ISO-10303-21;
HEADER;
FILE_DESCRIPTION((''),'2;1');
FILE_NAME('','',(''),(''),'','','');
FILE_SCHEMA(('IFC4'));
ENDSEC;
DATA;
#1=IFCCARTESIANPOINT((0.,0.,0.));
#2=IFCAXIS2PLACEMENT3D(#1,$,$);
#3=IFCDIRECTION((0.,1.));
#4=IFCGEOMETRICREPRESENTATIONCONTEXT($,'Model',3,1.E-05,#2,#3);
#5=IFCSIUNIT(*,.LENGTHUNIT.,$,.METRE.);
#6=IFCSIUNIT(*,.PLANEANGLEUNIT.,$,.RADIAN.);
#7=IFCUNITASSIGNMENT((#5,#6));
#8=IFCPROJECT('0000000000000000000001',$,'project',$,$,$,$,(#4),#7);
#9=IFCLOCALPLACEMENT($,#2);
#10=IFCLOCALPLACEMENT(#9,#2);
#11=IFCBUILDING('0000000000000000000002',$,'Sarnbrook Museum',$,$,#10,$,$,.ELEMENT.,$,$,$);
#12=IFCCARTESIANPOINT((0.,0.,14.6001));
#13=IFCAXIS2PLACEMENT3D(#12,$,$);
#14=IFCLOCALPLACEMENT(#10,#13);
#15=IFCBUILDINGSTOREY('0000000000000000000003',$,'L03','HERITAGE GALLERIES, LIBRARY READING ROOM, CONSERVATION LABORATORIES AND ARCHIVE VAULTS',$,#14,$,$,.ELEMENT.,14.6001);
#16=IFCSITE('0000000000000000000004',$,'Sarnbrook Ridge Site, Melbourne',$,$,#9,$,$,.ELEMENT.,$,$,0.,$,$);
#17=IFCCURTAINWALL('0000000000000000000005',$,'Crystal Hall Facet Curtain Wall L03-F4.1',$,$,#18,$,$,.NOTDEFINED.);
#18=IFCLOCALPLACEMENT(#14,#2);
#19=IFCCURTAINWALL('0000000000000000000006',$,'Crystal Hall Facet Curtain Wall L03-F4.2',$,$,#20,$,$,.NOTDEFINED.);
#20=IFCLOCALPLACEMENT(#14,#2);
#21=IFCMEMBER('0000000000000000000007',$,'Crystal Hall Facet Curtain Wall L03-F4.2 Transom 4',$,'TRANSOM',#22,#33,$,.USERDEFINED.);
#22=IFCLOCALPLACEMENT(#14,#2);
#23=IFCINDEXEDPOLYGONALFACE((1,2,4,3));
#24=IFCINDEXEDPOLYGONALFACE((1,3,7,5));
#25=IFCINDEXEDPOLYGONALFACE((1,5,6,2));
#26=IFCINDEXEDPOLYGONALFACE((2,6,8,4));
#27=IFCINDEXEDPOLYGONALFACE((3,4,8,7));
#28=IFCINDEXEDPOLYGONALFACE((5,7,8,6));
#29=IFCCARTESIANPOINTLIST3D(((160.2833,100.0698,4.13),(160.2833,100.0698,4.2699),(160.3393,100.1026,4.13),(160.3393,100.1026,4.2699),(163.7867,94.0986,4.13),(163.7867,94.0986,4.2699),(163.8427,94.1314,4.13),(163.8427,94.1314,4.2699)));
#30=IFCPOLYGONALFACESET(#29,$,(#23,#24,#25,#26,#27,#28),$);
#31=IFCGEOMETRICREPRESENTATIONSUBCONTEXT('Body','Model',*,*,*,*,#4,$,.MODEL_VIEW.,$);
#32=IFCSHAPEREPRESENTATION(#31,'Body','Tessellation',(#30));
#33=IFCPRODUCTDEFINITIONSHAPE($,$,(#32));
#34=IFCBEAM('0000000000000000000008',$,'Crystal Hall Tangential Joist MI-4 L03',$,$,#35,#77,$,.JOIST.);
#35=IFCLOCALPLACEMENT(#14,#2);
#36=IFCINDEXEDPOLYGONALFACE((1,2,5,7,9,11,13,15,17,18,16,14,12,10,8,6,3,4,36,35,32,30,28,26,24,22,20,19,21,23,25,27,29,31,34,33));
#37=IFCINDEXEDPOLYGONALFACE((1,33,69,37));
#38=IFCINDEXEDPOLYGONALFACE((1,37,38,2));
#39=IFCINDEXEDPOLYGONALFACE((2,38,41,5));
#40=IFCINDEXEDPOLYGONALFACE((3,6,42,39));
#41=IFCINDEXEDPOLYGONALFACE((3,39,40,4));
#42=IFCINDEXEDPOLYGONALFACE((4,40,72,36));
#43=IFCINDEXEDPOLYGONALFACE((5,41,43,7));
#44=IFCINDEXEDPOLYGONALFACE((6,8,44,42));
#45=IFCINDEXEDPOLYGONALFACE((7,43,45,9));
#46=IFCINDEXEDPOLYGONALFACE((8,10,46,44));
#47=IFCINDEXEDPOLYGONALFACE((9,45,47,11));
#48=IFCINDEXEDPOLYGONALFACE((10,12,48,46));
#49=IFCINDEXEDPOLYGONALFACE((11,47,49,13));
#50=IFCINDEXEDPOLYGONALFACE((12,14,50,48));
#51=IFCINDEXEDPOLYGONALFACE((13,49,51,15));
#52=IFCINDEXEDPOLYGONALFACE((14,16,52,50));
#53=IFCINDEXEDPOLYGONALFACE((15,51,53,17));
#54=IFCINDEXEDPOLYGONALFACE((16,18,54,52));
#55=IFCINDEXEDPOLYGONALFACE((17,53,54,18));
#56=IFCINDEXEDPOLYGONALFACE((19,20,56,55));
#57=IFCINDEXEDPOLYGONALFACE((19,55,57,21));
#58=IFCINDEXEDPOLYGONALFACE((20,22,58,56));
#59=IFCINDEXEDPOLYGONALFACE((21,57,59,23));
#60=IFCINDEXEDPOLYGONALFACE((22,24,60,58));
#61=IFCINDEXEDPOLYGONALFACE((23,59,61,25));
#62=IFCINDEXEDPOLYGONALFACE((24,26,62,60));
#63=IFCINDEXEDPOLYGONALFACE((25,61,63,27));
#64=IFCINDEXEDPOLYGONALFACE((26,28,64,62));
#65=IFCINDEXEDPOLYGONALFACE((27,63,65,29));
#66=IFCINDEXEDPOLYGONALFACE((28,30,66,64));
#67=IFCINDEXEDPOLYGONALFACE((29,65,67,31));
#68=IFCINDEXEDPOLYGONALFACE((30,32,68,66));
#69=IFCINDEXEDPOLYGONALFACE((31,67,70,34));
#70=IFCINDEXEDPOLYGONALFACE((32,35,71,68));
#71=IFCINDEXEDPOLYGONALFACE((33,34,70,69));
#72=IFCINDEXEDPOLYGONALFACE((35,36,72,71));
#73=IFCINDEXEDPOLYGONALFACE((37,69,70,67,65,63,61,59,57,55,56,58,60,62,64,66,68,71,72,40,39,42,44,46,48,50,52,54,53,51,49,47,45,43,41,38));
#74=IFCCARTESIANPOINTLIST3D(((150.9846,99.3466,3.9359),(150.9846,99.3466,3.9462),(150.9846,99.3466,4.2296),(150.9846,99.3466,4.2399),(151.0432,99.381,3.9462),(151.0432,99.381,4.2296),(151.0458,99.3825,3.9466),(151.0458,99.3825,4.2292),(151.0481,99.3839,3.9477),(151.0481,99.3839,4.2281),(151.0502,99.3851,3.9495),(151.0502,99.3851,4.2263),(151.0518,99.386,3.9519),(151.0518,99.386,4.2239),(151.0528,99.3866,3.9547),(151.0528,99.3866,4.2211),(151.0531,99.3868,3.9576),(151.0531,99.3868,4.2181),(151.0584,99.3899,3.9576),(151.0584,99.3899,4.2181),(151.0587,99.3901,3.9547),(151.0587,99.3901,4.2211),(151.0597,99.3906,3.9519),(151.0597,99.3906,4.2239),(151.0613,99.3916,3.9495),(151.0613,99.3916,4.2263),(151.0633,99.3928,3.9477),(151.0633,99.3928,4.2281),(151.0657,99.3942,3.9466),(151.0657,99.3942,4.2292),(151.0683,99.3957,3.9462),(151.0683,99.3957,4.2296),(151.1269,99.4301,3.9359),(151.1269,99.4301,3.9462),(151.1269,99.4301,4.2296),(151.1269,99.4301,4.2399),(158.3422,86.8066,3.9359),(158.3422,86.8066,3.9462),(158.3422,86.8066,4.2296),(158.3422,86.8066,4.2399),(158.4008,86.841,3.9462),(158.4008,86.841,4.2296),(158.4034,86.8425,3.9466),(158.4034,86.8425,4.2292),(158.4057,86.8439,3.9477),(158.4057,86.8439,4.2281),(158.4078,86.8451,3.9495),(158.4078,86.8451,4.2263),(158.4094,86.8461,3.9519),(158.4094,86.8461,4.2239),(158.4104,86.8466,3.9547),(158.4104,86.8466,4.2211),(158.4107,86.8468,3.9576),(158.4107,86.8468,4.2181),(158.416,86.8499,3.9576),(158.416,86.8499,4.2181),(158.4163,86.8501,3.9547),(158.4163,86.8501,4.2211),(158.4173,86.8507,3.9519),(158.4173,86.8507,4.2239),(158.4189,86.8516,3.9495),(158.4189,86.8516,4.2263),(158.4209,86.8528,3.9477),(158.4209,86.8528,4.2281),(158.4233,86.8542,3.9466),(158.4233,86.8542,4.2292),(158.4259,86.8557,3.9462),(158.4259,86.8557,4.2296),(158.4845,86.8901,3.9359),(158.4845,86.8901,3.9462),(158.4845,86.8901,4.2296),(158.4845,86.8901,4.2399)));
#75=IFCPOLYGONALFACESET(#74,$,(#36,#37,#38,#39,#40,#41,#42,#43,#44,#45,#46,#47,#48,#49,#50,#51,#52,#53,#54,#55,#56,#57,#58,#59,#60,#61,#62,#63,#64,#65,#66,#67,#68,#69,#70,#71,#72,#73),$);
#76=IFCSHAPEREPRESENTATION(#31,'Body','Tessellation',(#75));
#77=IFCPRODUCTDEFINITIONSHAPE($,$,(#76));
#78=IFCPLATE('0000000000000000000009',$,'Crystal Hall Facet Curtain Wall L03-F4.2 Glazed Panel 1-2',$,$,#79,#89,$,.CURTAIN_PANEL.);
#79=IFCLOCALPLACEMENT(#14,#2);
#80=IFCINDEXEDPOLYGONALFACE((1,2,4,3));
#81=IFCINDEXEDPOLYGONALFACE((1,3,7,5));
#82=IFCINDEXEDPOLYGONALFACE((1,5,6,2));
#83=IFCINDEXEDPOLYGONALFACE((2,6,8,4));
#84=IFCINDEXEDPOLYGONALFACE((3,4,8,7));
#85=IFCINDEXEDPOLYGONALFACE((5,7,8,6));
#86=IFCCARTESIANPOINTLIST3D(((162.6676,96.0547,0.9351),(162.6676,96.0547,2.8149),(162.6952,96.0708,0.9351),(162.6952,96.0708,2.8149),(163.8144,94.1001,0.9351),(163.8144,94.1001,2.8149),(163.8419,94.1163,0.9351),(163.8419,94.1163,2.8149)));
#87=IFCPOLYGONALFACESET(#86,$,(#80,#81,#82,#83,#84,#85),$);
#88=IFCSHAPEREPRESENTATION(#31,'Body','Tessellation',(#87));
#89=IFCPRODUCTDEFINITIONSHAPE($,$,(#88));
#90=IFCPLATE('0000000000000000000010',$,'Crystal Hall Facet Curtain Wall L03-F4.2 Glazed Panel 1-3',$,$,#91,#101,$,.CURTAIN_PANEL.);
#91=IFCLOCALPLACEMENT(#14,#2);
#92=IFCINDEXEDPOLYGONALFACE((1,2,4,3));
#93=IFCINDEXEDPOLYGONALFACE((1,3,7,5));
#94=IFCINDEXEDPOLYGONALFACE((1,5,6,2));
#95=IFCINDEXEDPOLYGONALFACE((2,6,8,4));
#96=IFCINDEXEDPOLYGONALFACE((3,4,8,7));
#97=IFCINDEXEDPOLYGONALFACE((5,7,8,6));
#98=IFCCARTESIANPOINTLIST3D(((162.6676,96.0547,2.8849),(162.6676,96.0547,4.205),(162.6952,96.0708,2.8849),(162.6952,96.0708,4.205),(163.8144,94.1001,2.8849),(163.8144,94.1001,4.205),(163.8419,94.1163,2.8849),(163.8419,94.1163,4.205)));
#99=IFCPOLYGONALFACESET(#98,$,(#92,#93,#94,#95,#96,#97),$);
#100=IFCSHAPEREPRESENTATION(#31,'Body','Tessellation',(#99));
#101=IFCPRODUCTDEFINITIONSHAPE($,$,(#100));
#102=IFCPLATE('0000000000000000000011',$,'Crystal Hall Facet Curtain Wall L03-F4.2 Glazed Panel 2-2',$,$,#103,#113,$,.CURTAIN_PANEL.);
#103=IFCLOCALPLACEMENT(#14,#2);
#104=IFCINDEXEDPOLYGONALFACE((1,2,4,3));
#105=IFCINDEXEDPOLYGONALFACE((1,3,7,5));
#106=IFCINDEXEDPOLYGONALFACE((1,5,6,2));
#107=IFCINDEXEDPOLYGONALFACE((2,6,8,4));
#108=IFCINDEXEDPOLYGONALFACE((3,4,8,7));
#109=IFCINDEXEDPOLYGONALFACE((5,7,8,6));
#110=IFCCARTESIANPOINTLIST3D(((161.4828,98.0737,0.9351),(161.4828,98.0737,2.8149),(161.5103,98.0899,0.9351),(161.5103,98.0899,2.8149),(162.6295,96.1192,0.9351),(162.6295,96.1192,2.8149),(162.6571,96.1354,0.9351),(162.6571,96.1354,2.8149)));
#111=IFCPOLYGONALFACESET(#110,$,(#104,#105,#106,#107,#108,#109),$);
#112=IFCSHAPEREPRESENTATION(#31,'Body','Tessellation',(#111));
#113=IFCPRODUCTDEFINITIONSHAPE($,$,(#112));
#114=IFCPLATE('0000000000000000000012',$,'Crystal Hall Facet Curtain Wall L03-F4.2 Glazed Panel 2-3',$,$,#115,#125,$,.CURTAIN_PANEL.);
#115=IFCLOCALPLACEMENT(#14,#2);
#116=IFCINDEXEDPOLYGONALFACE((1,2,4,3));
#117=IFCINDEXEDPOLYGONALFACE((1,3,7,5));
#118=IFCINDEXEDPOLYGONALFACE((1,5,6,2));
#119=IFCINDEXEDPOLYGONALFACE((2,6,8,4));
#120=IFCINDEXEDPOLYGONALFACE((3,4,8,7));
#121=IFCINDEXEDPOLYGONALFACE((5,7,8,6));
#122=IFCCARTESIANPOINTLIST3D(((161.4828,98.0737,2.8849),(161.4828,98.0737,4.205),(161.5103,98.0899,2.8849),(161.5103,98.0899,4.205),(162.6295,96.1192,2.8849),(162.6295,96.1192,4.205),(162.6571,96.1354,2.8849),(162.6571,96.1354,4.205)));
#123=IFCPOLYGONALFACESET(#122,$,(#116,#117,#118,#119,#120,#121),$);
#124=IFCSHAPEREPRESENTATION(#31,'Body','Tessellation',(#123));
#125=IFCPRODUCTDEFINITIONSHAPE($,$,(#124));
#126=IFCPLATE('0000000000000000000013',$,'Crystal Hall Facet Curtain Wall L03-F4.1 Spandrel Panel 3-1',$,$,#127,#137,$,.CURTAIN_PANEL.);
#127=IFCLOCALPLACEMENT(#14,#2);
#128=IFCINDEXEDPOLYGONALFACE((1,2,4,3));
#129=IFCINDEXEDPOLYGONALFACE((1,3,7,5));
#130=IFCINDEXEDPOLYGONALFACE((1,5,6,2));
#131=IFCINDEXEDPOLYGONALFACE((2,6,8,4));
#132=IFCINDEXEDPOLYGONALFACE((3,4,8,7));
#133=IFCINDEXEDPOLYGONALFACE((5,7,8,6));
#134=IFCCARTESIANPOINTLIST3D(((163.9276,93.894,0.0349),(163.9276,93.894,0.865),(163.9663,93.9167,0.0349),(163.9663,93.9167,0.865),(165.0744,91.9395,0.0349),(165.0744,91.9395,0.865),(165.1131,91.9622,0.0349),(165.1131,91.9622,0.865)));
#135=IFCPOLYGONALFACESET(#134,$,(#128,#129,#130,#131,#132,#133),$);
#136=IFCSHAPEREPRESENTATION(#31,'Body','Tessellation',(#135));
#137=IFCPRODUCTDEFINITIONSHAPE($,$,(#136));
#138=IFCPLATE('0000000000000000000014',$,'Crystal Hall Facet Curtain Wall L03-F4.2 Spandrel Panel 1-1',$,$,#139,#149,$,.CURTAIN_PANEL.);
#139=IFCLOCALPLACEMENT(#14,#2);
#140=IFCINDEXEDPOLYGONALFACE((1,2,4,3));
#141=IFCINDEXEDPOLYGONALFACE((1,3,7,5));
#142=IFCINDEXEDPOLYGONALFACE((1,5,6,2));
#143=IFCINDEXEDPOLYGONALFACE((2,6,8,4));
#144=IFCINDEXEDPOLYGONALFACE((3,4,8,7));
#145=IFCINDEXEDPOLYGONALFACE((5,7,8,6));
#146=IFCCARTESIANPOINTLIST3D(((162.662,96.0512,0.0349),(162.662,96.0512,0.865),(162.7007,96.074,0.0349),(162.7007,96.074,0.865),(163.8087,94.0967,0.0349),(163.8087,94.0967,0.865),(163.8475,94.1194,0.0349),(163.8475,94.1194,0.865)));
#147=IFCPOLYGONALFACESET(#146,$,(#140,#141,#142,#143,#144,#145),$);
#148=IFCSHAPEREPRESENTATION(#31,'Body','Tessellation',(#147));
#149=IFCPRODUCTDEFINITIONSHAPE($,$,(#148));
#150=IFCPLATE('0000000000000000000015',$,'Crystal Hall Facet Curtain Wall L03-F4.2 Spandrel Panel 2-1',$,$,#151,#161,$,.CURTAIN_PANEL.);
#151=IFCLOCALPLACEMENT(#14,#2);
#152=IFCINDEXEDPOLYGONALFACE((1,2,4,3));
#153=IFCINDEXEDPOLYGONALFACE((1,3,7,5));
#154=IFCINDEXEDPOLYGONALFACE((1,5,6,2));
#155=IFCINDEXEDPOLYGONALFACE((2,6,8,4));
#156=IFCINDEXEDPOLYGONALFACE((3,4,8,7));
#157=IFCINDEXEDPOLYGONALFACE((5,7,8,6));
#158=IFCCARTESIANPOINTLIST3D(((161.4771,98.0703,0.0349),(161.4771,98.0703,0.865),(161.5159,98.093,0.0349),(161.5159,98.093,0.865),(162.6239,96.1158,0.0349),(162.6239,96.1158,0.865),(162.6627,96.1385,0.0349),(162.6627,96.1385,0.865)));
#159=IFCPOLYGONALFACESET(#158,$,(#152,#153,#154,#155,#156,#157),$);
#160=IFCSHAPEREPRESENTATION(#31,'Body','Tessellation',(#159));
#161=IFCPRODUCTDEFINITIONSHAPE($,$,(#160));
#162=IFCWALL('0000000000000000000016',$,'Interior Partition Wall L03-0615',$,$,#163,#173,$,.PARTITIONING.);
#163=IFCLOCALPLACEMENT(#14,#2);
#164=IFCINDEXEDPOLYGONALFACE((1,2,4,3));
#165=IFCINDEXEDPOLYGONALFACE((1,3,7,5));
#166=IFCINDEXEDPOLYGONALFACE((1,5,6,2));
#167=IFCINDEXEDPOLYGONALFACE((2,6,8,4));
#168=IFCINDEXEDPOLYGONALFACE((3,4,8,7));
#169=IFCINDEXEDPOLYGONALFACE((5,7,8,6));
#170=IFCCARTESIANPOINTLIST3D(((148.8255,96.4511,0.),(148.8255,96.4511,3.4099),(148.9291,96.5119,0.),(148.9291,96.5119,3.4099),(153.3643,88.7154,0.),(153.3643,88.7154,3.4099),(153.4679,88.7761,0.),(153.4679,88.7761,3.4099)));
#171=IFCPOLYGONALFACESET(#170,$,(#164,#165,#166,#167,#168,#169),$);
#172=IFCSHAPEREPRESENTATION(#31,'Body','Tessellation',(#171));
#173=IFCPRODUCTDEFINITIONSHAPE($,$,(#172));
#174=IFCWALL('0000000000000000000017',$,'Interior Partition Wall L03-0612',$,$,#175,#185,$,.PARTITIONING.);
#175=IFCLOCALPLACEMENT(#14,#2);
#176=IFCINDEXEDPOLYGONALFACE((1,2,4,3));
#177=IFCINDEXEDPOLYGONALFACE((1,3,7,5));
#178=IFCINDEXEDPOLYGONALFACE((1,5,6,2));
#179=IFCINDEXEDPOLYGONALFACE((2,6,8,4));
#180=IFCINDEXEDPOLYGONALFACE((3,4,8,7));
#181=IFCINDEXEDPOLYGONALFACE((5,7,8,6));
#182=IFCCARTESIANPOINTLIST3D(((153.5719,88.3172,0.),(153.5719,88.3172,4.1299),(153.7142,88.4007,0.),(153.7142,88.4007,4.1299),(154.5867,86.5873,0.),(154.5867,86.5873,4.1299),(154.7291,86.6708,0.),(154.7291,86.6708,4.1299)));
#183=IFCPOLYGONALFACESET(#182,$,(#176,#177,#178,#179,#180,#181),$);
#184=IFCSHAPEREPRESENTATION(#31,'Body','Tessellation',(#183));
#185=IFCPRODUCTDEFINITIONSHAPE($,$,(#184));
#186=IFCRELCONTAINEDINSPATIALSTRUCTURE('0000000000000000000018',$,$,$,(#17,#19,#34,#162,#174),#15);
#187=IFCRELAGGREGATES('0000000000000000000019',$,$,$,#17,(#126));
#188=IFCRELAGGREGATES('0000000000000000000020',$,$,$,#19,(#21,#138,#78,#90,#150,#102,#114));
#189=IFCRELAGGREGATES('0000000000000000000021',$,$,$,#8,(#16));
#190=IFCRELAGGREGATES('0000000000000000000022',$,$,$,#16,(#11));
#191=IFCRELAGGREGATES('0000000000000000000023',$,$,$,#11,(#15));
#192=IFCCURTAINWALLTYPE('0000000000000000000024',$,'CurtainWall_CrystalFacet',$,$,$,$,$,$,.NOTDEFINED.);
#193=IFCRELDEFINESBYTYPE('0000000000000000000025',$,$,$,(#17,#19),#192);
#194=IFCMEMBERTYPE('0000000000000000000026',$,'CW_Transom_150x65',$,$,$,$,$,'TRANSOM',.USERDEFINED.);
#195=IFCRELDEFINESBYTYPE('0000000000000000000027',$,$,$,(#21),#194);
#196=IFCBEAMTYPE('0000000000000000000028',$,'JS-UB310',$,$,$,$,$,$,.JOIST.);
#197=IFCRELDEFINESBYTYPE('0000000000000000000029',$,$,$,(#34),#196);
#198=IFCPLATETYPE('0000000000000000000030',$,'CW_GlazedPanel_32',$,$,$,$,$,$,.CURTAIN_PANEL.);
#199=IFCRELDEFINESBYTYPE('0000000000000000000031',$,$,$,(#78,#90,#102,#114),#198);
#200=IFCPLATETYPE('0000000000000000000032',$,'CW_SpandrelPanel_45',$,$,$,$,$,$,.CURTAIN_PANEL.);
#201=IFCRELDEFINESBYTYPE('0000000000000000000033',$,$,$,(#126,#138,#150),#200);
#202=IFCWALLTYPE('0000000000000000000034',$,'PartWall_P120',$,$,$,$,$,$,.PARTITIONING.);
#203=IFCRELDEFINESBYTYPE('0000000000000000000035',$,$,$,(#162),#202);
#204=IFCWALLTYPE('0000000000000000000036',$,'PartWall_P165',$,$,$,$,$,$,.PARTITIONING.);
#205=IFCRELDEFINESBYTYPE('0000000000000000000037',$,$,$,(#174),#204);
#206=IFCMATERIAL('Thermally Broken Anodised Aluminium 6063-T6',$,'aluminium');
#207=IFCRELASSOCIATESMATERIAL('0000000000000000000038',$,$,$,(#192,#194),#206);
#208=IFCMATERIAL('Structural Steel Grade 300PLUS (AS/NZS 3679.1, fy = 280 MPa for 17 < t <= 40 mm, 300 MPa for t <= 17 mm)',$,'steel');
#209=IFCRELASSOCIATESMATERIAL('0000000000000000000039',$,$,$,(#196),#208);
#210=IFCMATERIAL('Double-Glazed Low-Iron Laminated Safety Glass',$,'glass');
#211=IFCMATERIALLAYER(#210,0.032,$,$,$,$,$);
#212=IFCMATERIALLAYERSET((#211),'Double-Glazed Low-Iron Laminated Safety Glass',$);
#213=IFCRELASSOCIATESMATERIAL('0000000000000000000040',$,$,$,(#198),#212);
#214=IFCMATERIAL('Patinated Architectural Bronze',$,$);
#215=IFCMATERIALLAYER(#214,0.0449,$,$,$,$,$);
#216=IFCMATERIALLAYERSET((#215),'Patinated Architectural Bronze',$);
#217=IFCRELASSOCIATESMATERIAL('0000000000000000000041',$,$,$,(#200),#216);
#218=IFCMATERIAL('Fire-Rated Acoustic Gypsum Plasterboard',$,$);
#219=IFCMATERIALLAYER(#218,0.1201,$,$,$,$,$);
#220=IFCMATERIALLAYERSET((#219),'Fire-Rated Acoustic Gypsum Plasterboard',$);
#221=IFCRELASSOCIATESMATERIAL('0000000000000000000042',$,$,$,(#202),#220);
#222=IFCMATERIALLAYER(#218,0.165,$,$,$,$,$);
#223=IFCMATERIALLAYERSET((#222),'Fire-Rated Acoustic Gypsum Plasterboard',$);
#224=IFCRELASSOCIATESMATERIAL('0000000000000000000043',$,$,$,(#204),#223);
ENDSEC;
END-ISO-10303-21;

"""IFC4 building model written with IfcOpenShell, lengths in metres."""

from ifc_helpers import new_model, si_unit, direction, frame, frame_2d, origin, origin_2d, place, context, subcontext, project, spatial, rectangle, i_section, extrude, material, layer, layer_set, material_profile, profile_set, type_object, element, aggregate, save


model = new_model("IFC4")

# Units and contexts
model_context = context("Model", 3, precision=1e-05, world=origin(), true_north=direction((0.0, 1.0)))
body_context = subcontext(model_context, "Body", "Model", "MODEL_VIEW")
ifc_project = project(units=[si_unit("LENGTHUNIT", "METRE"), si_unit("PLANEANGLEUNIT", "RADIAN")], contexts=[model_context])

# Site, building, storey
site_placement = place(None, origin())
site = spatial("IfcSite", under=ifc_project, at=site_placement, Name="Sarnbrook Ridge Site, Melbourne", CompositionType="ELEMENT", RefElevation=0.0)
building_placement = place(site_placement, origin())
building = spatial("IfcBuilding", under=site, at=building_placement, Name="Sarnbrook Museum", CompositionType="ELEMENT")
storey_placement = place(building_placement, frame((0.0, 0.0, 14.6001)))
storey = spatial("IfcBuildingStorey", under=building, at=storey_placement, Name="L03", Description="HERITAGE GALLERIES, LIBRARY READING ROOM, CONSERVATION LABORATORIES AND ARCHIVE VAULTS", CompositionType="ELEMENT", Elevation=14.6001)

# Shared definitions
ifc_material_1 = material(Name="Structural Steel Grade 300PLUS (AS/NZS 3679.1, fy = 280 MPa for 17 < t <= 40 mm, 300 MPa for t <= 17 mm)", Category="steel")

# Curtain wall
ifc_material_2 = material(Name="Thermally Broken Anodised Aluminium 6063-T6", Category="aluminium")
curtain_wall_type = type_object("IfcCurtainWallType", Name="CurtainWall_CrystalFacet", PredefinedType="NOTDEFINED", material=ifc_material_2)
curtain_wall_1_placement = place(storey_placement, origin())
curtain_wall_1 = element("IfcCurtainWall", 1, at=curtain_wall_1_placement, inside=storey, type_object=curtain_wall_type, Name="Crystal Hall Facet Curtain Wall L03-F4.1", PredefinedType="NOTDEFINED")

# Curtain wall, member
curtain_wall_2_placement = place(storey_placement, origin())
curtain_wall_2 = element("IfcCurtainWall", 2, at=curtain_wall_2_placement, inside=storey, type_object=curtain_wall_type, Name="Crystal Hall Facet Curtain Wall L03-F4.2", PredefinedType="NOTDEFINED")
ifc_material_profile_1 = material_profile(ifc_material_2, rectangle(XDim=0.0649, YDim=0.1399, at=origin_2d()), Name="ALU TRANSOM 65x140")
ifc_profile_set_1 = profile_set([ifc_material_profile_1], Name="Thermally Broken Anodised Aluminium 6063-T6")
member_type_1 = type_object("IfcMemberType", Name="CW_Transom_150x65", ElementType="TRANSOM", PredefinedType="USERDEFINED", material=ifc_profile_set_1)
member_1_placement = place(storey_placement, frame((163.8147, 94.115, 4.2), z_axis=(-0.506049, 0.862505, 0.0), x_axis=(-0.862505, -0.506049, 0.0)))
member_1 = element("IfcMember", 3, at=member_1_placement, type_object=member_type_1, Name="Crystal Hall Facet Curtain Wall L03-F4.2 Transom 4", ObjectType="TRANSOM", PredefinedType="USERDEFINED", context=body_context, shape_type="SweptSolid", body=[
    extrude(rectangle(XDim=0.0649, YDim=0.1399, at=origin_2d()), origin(), (0.0, 0.0, 1.0), 6.9231),
])

# Beam
ifc_material_profile_2 = material_profile(ifc_material_1, i_section(OverallWidth=0.165, OverallDepth=0.304, WebThickness=0.0061, FlangeThickness=0.0103, FilletRadius=0.0115, at=origin_2d()), Name="310UB40.4")
ifc_profile_set_2 = profile_set([ifc_material_profile_2], Name="Structural Steel Grade 300PLUS (AS/NZS 3679.1, fy = 280 MPa for 17 < t <= 40 mm, 300 MPa for t <= 17 mm)")
beam_type_1 = type_object("IfcBeamType", Name="JS-UB310", PredefinedType="JOIST", material=ifc_profile_set_2)
beam_1_placement = place(storey_placement, frame((158.4133, 86.8484, 4.0879), z_axis=(-0.506058, 0.8625, 0.0), x_axis=(-0.8625, -0.506058, 0.0)))
element("IfcBeam", 4, at=beam_1_placement, inside=storey, type_object=beam_type_1, Name="Crystal Hall Tangential Joist MI-4 L03", PredefinedType="JOIST", context=body_context, shape_type="SweptSolid", body=[
    extrude(i_section(OverallWidth=0.165, OverallDepth=0.304, WebThickness=0.0061, FlangeThickness=0.0103, FilletRadius=0.0115, at=origin_2d()), origin(), (0.0, 0.0, 1.0), 14.5391),
])

# Plates
ifc_material_3 = material(Name="Double-Glazed Low-Iron Laminated Safety Glass", Category="glass")
ifc_layer_1 = layer(ifc_material_3, 0.032)
ifc_layer_set_1 = layer_set([ifc_layer_1], Name="Double-Glazed Low-Iron Laminated Safety Glass")
plate_type_1 = type_object("IfcPlateType", Name="CW_GlazedPanel_32", PredefinedType="CURTAIN_PANEL", material=ifc_layer_set_1)
plate_1_placement = place(storey_placement, frame((163.241, 95.0774, 1.875), z_axis=(0.862499, 0.506058, 0.0), x_axis=(-0.506058, 0.862499, 0.0)))
plate_1 = element("IfcPlate", 5, at=plate_1_placement, type_object=plate_type_1, Name="Crystal Hall Facet Curtain Wall L03-F4.2 Glazed Panel 1-2", PredefinedType="CURTAIN_PANEL", context=body_context, shape_type="SweptSolid", body=[
    extrude(rectangle(XDim=2.2661, YDim=1.8799, at=origin_2d()), origin(), (0.0, 0.0, 1.0), 0.032),
])
plate_2_placement = place(storey_placement, frame((163.241, 95.0774, 3.5449), z_axis=(0.862499, 0.506058, 0.0), x_axis=(-0.506058, 0.862499, 0.0)))
plate_2 = element("IfcPlate", 6, at=plate_2_placement, type_object=plate_type_1, Name="Crystal Hall Facet Curtain Wall L03-F4.2 Glazed Panel 1-3", PredefinedType="CURTAIN_PANEL", context=body_context, shape_type="SweptSolid", body=[
    extrude(rectangle(XDim=2.2661, YDim=1.3201, at=origin_2d()), origin(), (0.0, 0.0, 1.0), 0.032),
])
plate_3_placement = place(storey_placement, frame((162.0562, 97.0964, 1.875), z_axis=(0.862499, 0.506058, 0.0), x_axis=(-0.506058, 0.862499, 0.0)))
plate_3 = element("IfcPlate", 7, at=plate_3_placement, type_object=plate_type_1, Name="Crystal Hall Facet Curtain Wall L03-F4.2 Glazed Panel 2-2", PredefinedType="CURTAIN_PANEL", context=body_context, shape_type="SweptSolid", body=[
    extrude(rectangle(XDim=2.2661, YDim=1.8799, at=origin_2d()), origin(), (0.0, 0.0, 1.0), 0.032),
])
plate_4_placement = place(storey_placement, frame((162.0562, 97.0964, 3.5449), z_axis=(0.862499, 0.506058, 0.0), x_axis=(-0.506058, 0.862499, 0.0)))
plate_4 = element("IfcPlate", 8, at=plate_4_placement, type_object=plate_type_1, Name="Crystal Hall Facet Curtain Wall L03-F4.2 Glazed Panel 2-3", PredefinedType="CURTAIN_PANEL", context=body_context, shape_type="SweptSolid", body=[
    extrude(rectangle(XDim=2.2661, YDim=1.3201, at=origin_2d()), origin(), (0.0, 0.0, 1.0), 0.032),
])
ifc_material_4 = material(Name="Patinated Architectural Bronze")
ifc_layer_2 = layer(ifc_material_4, 0.0449)
ifc_layer_set_2 = layer_set([ifc_layer_2], Name="Patinated Architectural Bronze")
plate_type_2 = type_object("IfcPlateType", Name="CW_SpandrelPanel_45", PredefinedType="CURTAIN_PANEL", material=ifc_layer_set_2)
plate_5_placement = place(storey_placement, frame((164.501, 92.9167, 0.45), z_axis=(0.862499, 0.506058, 0.0), x_axis=(-0.506058, 0.862499, 0.0)))
plate_5 = element("IfcPlate", 9, at=plate_5_placement, type_object=plate_type_2, Name="Crystal Hall Facet Curtain Wall L03-F4.1 Spandrel Panel 3-1", PredefinedType="CURTAIN_PANEL", context=body_context, shape_type="SweptSolid", body=[
    extrude(rectangle(XDim=2.2661, YDim=0.8301, at=origin_2d()), origin(), (0.0, 0.0, 1.0), 0.0449),
])
aggregate(curtain_wall_1, [plate_5])
plate_6_placement = place(storey_placement, frame((163.2354, 95.074, 0.45), z_axis=(0.862499, 0.506058, 0.0), x_axis=(-0.506058, 0.862499, 0.0)))
plate_6 = element("IfcPlate", 10, at=plate_6_placement, type_object=plate_type_2, Name="Crystal Hall Facet Curtain Wall L03-F4.2 Spandrel Panel 1-1", PredefinedType="CURTAIN_PANEL", context=body_context, shape_type="SweptSolid", body=[
    extrude(rectangle(XDim=2.2661, YDim=0.8301, at=origin_2d()), origin(), (0.0, 0.0, 1.0), 0.0449),
])
plate_7_placement = place(storey_placement, frame((162.0505, 97.093, 0.45), z_axis=(0.862499, 0.506058, 0.0), x_axis=(-0.506058, 0.862499, 0.0)))
plate_7 = element("IfcPlate", 11, at=plate_7_placement, type_object=plate_type_2, Name="Crystal Hall Facet Curtain Wall L03-F4.2 Spandrel Panel 2-1", PredefinedType="CURTAIN_PANEL", context=body_context, shape_type="SweptSolid", body=[
    extrude(rectangle(XDim=2.2661, YDim=0.8301, at=origin_2d()), origin(), (0.0, 0.0, 1.0), 0.0449),
])
aggregate(curtain_wall_2, [member_1, plate_6, plate_1, plate_2, plate_7, plate_3, plate_4])

# Walls
ifc_material_5 = material(Name="Fire-Rated Acoustic Gypsum Plasterboard")
ifc_layer_3 = layer(ifc_material_5, 0.1201)
ifc_layer_set_3 = layer_set([ifc_layer_3], Name="Fire-Rated Acoustic Gypsum Plasterboard")
wall_type_1 = type_object("IfcWallType", Name="PartWall_P120", PredefinedType="PARTITIONING", material=ifc_layer_set_3)
wall_1_placement = place(storey_placement, frame((153.416, 88.7458, 0.0), z_axis=(0.0, 0.0, 1.0), x_axis=(-0.506053, 0.862503, 0.0)))
element("IfcWall", 12, at=wall_1_placement, inside=storey, type_object=wall_type_1, Name="Interior Partition Wall L03-0615", PredefinedType="PARTITIONING", context=body_context, shape_type="SweptSolid", body=[
    extrude(rectangle(XDim=8.969, YDim=0.1201, at=frame_2d((4.4844, 0.0))), origin(), (0.0, 0.0, 1.0), 3.4099),
])
ifc_layer_4 = layer(ifc_material_5, 0.165)
ifc_layer_set_4 = layer_set([ifc_layer_4], Name="Fire-Rated Acoustic Gypsum Plasterboard")
wall_type_2 = type_object("IfcWallType", Name="PartWall_P165", PredefinedType="PARTITIONING", material=ifc_layer_set_4)
wall_2_placement = place(storey_placement, frame((154.658, 86.6289, 0.0), z_axis=(0.0, 0.0, 1.0), x_axis=(-0.506004, 0.862531, 0.0)))
element("IfcWall", 13, at=wall_2_placement, inside=storey, type_object=wall_type_2, Name="Interior Partition Wall L03-0612", PredefinedType="PARTITIONING", context=body_context, shape_type="SweptSolid", body=[
    extrude(rectangle(XDim=2.0056, YDim=0.165, at=frame_2d((1.0029, 0.0))), origin(), (0.0, 0.0, 1.0), 4.1299),
])

save(model, "model.ifc")
